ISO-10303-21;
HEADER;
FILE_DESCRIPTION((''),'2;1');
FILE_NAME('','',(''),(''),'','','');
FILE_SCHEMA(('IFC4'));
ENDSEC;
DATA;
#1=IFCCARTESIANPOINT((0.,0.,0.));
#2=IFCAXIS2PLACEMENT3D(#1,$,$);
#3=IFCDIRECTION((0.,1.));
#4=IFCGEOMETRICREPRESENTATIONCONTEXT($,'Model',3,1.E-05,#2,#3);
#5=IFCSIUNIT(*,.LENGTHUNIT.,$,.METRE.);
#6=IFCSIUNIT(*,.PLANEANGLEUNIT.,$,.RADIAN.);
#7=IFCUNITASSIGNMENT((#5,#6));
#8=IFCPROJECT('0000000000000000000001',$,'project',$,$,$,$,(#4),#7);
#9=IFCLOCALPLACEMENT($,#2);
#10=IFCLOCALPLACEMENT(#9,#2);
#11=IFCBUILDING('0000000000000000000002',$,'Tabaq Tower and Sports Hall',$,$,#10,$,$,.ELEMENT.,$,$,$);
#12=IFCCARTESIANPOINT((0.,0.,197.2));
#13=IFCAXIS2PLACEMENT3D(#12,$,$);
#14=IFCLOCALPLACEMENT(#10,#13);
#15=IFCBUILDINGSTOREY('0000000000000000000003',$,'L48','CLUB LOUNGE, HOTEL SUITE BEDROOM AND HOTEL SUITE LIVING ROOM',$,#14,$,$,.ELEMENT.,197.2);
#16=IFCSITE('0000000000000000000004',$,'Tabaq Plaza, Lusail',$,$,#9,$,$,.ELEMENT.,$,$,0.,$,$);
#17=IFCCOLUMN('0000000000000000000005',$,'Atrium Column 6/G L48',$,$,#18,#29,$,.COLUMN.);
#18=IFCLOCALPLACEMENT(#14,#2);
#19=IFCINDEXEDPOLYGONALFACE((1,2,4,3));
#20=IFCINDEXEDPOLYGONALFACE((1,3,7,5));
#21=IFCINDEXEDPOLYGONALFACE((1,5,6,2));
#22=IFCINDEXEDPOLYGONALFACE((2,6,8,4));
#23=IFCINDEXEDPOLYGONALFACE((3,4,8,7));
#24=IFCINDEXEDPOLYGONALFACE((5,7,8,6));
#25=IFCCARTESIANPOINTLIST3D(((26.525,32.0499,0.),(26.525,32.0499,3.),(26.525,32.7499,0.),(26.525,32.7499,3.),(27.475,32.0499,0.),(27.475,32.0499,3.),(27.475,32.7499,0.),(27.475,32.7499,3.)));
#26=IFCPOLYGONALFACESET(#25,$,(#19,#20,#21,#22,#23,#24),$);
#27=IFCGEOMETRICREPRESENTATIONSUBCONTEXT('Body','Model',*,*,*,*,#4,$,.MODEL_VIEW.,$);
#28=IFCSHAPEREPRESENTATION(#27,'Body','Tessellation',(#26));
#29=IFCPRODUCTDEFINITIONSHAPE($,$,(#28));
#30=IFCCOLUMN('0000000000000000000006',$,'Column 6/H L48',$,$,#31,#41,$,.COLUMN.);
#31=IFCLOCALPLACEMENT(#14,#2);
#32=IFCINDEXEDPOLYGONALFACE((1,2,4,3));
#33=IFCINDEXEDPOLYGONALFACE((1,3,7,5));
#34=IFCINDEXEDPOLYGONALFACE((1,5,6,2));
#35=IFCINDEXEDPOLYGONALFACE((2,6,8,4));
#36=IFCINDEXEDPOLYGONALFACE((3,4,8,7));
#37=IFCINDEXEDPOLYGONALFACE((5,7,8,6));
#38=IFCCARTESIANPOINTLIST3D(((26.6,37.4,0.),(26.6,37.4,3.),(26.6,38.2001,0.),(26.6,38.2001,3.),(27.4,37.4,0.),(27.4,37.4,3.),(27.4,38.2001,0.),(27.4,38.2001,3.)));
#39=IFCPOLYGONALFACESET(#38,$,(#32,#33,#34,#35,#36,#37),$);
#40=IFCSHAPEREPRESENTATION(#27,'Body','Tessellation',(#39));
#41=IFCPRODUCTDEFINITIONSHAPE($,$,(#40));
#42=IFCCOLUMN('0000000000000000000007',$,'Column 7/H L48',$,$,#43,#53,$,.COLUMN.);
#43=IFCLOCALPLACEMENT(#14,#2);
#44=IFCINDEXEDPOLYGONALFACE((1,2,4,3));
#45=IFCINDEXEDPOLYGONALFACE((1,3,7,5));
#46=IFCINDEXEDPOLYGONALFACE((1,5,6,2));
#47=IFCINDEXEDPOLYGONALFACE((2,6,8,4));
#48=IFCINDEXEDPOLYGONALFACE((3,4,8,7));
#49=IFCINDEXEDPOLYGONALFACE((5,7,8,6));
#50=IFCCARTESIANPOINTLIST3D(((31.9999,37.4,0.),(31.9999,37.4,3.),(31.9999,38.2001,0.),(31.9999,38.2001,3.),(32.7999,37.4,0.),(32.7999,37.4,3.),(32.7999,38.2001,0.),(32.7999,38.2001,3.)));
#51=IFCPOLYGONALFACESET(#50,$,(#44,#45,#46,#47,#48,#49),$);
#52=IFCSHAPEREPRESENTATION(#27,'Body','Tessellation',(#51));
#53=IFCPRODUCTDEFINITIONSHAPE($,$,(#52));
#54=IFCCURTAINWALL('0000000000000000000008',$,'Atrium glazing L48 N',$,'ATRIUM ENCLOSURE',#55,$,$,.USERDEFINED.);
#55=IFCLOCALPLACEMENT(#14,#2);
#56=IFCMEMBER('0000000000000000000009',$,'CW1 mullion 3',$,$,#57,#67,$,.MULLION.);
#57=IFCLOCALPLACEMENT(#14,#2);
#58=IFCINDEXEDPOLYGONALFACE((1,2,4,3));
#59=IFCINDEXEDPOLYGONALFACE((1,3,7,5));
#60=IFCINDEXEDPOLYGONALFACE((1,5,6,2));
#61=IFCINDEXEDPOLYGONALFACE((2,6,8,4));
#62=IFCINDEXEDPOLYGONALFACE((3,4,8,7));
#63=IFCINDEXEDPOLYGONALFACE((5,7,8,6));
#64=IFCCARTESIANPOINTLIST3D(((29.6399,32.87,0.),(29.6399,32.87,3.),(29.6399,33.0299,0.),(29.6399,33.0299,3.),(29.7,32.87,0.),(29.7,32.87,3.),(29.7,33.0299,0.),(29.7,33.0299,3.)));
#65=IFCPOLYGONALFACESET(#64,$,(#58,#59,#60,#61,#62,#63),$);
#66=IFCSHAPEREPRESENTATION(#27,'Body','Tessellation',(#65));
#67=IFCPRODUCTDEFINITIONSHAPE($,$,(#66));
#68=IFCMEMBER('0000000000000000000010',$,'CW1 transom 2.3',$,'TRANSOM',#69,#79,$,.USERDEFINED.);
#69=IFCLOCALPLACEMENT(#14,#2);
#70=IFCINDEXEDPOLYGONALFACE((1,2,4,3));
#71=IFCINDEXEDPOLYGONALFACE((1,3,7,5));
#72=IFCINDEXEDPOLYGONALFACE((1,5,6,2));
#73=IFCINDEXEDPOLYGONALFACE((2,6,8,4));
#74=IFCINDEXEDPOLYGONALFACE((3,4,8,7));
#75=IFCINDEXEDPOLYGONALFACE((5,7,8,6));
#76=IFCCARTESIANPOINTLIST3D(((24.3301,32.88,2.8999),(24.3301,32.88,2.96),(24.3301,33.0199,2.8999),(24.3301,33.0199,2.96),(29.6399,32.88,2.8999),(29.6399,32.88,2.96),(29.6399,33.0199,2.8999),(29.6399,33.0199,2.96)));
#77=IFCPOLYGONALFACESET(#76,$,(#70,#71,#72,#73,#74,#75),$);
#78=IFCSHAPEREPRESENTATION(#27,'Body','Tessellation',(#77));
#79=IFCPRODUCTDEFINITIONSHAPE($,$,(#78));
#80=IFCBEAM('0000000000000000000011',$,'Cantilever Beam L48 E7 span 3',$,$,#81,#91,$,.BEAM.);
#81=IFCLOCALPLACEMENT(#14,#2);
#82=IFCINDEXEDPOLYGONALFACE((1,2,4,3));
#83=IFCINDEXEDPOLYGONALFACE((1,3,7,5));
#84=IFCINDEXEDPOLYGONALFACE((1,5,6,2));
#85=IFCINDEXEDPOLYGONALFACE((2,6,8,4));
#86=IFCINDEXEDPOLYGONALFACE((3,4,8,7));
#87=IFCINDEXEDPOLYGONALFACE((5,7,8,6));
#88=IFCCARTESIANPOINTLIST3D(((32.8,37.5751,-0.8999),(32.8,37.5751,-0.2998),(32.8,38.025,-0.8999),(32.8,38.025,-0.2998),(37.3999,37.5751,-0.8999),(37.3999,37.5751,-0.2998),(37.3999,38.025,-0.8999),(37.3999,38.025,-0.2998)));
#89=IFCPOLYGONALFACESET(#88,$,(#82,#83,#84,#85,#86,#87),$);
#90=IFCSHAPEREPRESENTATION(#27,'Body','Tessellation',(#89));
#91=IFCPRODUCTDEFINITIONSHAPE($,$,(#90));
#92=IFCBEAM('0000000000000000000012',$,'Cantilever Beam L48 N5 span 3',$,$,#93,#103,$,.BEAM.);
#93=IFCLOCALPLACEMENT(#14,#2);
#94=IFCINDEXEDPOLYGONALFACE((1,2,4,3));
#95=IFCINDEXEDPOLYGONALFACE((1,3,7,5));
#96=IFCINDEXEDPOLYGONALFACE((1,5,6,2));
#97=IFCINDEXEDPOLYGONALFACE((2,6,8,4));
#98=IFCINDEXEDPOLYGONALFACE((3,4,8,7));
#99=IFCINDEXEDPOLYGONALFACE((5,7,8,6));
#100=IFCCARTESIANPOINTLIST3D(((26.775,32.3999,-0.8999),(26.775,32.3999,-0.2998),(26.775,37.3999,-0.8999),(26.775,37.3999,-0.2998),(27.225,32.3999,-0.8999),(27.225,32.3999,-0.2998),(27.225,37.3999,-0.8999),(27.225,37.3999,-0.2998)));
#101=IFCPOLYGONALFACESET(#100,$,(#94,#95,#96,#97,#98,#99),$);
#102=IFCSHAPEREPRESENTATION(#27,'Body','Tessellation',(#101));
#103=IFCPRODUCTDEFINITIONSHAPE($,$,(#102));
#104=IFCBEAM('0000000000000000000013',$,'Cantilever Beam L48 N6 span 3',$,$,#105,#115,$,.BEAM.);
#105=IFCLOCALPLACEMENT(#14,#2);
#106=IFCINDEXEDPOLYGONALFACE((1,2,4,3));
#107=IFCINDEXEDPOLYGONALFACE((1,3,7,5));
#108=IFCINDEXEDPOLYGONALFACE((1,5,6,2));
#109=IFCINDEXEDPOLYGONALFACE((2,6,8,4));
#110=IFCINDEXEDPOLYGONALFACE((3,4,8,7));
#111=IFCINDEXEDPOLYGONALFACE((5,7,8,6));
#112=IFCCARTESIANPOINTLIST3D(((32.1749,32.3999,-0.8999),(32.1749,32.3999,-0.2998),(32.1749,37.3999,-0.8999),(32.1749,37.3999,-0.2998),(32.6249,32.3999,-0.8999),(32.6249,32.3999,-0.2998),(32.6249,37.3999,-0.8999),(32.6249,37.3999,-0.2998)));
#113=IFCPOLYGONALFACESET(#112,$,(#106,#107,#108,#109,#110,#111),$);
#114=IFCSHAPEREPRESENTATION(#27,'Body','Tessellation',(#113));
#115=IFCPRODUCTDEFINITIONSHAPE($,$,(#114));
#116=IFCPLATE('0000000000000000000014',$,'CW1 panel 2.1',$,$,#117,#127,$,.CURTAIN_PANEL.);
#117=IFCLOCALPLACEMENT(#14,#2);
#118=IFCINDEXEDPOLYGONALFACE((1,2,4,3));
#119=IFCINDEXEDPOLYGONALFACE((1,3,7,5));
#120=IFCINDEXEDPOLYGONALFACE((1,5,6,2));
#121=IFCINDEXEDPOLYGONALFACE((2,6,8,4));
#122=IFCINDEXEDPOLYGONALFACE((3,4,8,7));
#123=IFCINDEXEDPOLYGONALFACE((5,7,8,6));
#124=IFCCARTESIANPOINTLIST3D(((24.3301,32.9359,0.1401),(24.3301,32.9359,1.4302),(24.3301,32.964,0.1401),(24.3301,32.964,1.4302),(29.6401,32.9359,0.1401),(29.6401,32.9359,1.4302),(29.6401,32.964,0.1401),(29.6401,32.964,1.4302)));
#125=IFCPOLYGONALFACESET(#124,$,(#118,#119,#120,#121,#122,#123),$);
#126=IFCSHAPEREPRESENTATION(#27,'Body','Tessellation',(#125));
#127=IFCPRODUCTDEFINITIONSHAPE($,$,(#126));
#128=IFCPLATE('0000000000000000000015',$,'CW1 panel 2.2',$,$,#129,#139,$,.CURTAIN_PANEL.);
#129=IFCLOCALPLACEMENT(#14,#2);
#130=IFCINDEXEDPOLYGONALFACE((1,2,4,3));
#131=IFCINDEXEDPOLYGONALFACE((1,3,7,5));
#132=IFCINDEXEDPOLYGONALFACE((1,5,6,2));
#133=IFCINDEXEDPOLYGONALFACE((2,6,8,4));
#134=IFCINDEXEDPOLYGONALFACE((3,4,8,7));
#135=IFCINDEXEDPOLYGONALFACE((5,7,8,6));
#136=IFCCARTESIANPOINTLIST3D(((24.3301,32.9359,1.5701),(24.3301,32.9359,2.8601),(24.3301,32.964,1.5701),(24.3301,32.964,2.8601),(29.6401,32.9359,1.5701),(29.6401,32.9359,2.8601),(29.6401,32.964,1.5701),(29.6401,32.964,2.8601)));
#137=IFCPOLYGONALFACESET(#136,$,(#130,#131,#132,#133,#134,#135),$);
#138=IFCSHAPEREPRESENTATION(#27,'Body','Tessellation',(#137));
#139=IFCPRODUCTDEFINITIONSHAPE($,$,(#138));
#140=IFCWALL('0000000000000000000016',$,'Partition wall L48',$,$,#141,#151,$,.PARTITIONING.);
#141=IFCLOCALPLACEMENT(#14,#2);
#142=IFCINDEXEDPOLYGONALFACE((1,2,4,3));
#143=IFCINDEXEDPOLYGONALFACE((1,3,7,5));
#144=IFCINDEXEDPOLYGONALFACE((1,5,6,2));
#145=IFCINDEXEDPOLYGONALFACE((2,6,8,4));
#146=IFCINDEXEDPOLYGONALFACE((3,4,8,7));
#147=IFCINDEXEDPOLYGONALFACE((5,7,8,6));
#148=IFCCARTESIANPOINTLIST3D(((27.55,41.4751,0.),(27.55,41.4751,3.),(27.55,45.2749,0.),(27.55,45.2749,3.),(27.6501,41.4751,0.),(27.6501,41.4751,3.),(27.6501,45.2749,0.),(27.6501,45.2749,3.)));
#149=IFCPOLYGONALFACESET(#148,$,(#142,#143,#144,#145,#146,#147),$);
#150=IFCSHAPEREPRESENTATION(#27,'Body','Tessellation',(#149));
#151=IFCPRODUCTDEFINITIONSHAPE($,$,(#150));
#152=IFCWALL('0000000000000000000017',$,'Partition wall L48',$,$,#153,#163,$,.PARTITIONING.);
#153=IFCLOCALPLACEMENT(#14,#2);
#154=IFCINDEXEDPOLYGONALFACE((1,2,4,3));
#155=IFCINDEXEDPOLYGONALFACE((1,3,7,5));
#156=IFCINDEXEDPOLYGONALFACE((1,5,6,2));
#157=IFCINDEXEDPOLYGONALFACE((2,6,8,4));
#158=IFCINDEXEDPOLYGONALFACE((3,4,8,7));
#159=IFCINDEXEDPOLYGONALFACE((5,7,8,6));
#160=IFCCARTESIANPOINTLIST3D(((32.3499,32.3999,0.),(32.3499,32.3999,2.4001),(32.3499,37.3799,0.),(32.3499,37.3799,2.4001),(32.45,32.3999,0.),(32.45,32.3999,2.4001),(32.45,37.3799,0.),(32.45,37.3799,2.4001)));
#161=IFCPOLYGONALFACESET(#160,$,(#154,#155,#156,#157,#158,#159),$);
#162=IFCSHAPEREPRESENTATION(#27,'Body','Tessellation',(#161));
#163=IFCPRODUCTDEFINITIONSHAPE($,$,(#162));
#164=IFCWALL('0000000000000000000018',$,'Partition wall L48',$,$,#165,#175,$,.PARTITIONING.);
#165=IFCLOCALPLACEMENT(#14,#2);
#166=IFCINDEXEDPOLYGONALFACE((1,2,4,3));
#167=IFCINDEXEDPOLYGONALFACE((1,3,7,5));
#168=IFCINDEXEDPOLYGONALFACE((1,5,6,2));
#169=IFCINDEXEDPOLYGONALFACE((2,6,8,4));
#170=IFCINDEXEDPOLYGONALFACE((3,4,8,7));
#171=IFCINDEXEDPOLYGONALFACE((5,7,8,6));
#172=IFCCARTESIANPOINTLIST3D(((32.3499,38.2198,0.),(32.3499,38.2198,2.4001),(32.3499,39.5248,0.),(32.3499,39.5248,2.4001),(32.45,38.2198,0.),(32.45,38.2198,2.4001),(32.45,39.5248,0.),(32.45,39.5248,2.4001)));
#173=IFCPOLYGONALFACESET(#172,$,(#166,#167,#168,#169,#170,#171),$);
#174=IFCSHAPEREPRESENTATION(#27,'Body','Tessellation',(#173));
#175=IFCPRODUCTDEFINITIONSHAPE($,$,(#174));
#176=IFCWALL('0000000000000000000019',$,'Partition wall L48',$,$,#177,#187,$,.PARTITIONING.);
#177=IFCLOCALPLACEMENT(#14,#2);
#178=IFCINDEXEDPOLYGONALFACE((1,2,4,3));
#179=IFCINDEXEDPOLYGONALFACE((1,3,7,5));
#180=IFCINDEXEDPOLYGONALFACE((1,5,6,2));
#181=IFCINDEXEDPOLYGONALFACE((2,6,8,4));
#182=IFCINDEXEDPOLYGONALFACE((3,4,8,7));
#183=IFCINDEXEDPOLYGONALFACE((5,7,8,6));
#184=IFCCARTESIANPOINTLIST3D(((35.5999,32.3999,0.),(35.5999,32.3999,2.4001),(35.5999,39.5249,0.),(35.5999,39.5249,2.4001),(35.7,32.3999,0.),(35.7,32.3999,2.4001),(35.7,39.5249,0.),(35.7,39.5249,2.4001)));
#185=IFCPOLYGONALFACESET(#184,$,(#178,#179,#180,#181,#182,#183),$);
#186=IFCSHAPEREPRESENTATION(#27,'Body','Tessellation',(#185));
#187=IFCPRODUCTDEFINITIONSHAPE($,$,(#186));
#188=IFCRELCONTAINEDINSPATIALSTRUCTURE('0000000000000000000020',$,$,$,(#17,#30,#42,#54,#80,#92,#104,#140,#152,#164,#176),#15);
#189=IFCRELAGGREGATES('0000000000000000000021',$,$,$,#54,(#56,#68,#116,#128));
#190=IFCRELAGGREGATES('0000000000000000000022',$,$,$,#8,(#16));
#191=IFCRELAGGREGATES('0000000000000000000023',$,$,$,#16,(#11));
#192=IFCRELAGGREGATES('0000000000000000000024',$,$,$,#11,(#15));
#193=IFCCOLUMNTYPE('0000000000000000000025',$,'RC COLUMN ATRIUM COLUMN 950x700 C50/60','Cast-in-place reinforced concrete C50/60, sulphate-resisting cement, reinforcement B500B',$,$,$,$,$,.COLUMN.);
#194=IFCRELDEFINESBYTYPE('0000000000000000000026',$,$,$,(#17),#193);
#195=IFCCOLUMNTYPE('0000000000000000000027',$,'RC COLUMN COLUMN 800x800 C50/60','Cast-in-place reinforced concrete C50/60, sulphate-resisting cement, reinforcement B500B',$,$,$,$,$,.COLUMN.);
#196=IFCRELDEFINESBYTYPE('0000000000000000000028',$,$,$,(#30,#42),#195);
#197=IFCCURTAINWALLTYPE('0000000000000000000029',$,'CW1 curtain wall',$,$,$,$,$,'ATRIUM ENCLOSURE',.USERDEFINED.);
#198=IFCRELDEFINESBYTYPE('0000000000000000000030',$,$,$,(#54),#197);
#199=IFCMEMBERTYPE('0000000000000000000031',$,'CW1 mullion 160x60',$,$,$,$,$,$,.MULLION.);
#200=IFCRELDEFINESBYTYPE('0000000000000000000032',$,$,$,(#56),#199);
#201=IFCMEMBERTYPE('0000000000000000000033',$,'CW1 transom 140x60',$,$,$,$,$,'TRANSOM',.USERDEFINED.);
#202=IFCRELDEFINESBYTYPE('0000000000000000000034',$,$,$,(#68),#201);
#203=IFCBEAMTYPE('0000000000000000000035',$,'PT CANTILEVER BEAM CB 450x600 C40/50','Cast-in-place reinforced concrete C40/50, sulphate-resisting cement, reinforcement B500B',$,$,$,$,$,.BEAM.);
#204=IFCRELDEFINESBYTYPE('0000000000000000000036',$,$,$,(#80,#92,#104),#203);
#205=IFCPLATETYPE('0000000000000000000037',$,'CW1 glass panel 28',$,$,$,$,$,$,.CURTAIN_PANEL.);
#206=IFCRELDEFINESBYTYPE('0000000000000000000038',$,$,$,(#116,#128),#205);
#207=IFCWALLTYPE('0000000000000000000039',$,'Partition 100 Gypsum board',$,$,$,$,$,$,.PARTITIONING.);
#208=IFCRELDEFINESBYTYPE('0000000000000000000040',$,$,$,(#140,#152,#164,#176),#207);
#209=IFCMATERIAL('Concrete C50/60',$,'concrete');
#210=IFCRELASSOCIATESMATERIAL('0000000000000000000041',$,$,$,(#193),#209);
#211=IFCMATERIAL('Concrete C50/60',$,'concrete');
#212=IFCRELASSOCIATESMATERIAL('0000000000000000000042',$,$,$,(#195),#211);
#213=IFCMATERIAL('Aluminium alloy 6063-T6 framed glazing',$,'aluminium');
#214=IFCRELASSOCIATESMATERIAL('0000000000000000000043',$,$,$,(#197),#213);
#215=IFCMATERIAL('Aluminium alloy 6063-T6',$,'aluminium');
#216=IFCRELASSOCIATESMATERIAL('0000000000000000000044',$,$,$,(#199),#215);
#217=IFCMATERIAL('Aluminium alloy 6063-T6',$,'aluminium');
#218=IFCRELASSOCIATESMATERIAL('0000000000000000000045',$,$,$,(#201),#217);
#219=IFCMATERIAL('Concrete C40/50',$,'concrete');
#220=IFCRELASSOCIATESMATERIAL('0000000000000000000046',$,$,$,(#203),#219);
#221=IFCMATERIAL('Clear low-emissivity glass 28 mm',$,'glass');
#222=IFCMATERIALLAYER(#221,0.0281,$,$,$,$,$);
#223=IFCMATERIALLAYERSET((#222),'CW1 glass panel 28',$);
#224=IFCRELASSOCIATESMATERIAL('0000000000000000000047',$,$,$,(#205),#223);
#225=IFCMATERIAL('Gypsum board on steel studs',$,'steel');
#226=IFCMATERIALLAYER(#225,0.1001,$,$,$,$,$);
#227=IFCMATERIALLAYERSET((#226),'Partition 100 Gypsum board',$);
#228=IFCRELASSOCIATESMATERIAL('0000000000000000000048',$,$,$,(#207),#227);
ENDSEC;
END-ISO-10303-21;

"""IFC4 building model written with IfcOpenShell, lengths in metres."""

from ifc_helpers import new_model, si_unit, direction, frame, frame_2d, origin, origin_2d, place, context, subcontext, project, spatial, rectangle, extrude, material, layer, layer_set, material_profile, profile_set, type_object, element, aggregate, save


model = new_model("IFC4")

# Units and contexts
model_context = context("Model", 3, precision=1e-05, world=origin(), true_north=direction((0.0, 1.0)))
body_context = subcontext(model_context, "Body", "Model", "MODEL_VIEW")
ifc_project = project(units=[si_unit("LENGTHUNIT", "METRE"), si_unit("PLANEANGLEUNIT", "RADIAN")], contexts=[model_context])

# Site, building, storey
site_placement = place(None, origin())
site = spatial("IfcSite", under=ifc_project, at=site_placement, Name="Tabaq Plaza, Lusail", CompositionType="ELEMENT", RefElevation=0.0)
building_placement = place(site_placement, origin())
building = spatial("IfcBuilding", under=site, at=building_placement, Name="Tabaq Tower and Sports Hall", CompositionType="ELEMENT")
storey_placement = place(building_placement, frame((0.0, 0.0, 197.2)))
storey = spatial("IfcBuildingStorey", under=building, at=storey_placement, Name="L48", Description="CLUB LOUNGE, HOTEL SUITE BEDROOM AND HOTEL SUITE LIVING ROOM", CompositionType="ELEMENT", Elevation=197.2)

# Columns
ifc_material_1 = material(Name="Concrete C50/60", Category="concrete")
ifc_material_profile_1 = material_profile(ifc_material_1, rectangle(XDim=0.95, YDim=0.7, at=origin_2d()), Name="ATRIUM COLUMN 950x700")
ifc_profile_set_1 = profile_set([ifc_material_profile_1], Name="Concrete C50/60")
column_type_1 = type_object("IfcColumnType", Name="RC COLUMN ATRIUM COLUMN 950x700 C50/60", Description="Cast-in-place reinforced concrete C50/60, sulphate-resisting cement, reinforcement B500B", PredefinedType="COLUMN", material=ifc_profile_set_1)
column_placement = place(storey_placement, frame((27.0, 32.3999, 0.0), z_axis=(0.0, 0.0, 1.0), x_axis=(1.0, 0.0, 0.0)))
element("IfcColumn", 1, at=column_placement, inside=storey, type_object=column_type_1, Name="Atrium Column 6/G L48", PredefinedType="COLUMN", context=body_context, shape_type="SweptSolid", body=[
    extrude(rectangle(XDim=0.95, YDim=0.7, at=origin_2d()), origin(), (0.0, 0.0, 1.0), 3.0),
])
ifc_material_2 = material(Name="Concrete C50/60", Category="concrete")
ifc_material_profile_2 = material_profile(ifc_material_2, rectangle(XDim=0.8, YDim=0.8, at=origin_2d()), Name="COLUMN 800x800")
ifc_profile_set_2 = profile_set([ifc_material_profile_2], Name="Concrete C50/60")
column_type_2 = type_object("IfcColumnType", Name="RC COLUMN COLUMN 800x800 C50/60", Description="Cast-in-place reinforced concrete C50/60, sulphate-resisting cement, reinforcement B500B", PredefinedType="COLUMN", material=ifc_profile_set_2)
for number, where, z_axis, x_axis, name in (
    (2, (27.0, 37.8, 0.0), (0.0, 0.0, 1.0), (1.0, 0.0, 0.0), "Column 6/H L48"),
    (3, (32.3999, 37.8, 0.0), (0.0, 0.0, 1.0), (1.0, 0.0, 0.0), "Column 7/H L48"),
):
    element("IfcColumn", number, at=place(storey_placement, frame(where, z_axis=z_axis, x_axis=x_axis)), inside=storey, type_object=column_type_2, Name=name, PredefinedType="COLUMN", context=body_context, shape_type="SweptSolid", body=[
        extrude(rectangle(XDim=0.8, YDim=0.8, at=origin_2d()), origin(), (0.0, 0.0, 1.0), 3.0),
    ])

# Curtain wall, members
ifc_material_3 = material(Name="Aluminium alloy 6063-T6 framed glazing", Category="aluminium")
curtain_wall_type = type_object("IfcCurtainWallType", Name="CW1 curtain wall", ElementType="ATRIUM ENCLOSURE", PredefinedType="USERDEFINED", material=ifc_material_3)
curtain_wall_placement = place(storey_placement, origin())
curtain_wall = element("IfcCurtainWall", 4, at=curtain_wall_placement, inside=storey, type_object=curtain_wall_type, Name="Atrium glazing L48 N", ObjectType="ATRIUM ENCLOSURE", PredefinedType="USERDEFINED")
ifc_material_4 = material(Name="Aluminium alloy 6063-T6", Category="aluminium")
ifc_material_profile_3 = material_profile(ifc_material_4, rectangle(XDim=0.1599, YDim=0.0601, at=origin_2d()), Name="MULLION 160x60")
ifc_profile_set_3 = profile_set([ifc_material_profile_3], Name="Aluminium alloy 6063-T6")
member_type_1 = type_object("IfcMemberType", Name="CW1 mullion 160x60", PredefinedType="MULLION", material=ifc_profile_set_3)
member_1_placement = place(storey_placement, frame((29.6699, 32.95, 0.0), z_axis=(0.0, 0.0, 1.0), x_axis=(0.0, 1.0, 0.0)))
member_1 = element("IfcMember", 5, at=member_1_placement, type_object=member_type_1, Name="CW1 mullion 3", PredefinedType="MULLION", context=body_context, shape_type="SweptSolid", body=[
    extrude(rectangle(XDim=0.1599, YDim=0.0601, at=origin_2d()), origin(), (0.0, 0.0, 1.0), 3.0),
])
ifc_material_5 = material(Name="Aluminium alloy 6063-T6", Category="aluminium")
ifc_material_profile_4 = material_profile(ifc_material_5, rectangle(XDim=0.1399, YDim=0.0601, at=origin_2d()), Name="TRANSOM 140x60")
ifc_profile_set_4 = profile_set([ifc_material_profile_4], Name="Aluminium alloy 6063-T6")
member_type_2 = type_object("IfcMemberType", Name="CW1 transom 140x60", ElementType="TRANSOM", PredefinedType="USERDEFINED", material=ifc_profile_set_4)
member_2_placement = place(storey_placement, frame((24.3301, 32.95, 2.9299), z_axis=(1.0, 0.0, 0.0), x_axis=(0.0, 1.0, 0.0)))
member_2 = element("IfcMember", 6, at=member_2_placement, type_object=member_type_2, Name="CW1 transom 2.3", ObjectType="TRANSOM", PredefinedType="USERDEFINED", context=body_context, shape_type="SweptSolid", body=[
    extrude(rectangle(XDim=0.1399, YDim=0.0601, at=origin_2d()), origin(), (0.0, 0.0, 1.0), 5.3098),
])

# Beams
ifc_material_6 = material(Name="Concrete C40/50", Category="concrete")
ifc_material_profile_5 = material_profile(ifc_material_6, rectangle(XDim=0.45, YDim=0.6001, at=origin_2d()), Name="CB 450x600")
ifc_profile_set_5 = profile_set([ifc_material_profile_5], Name="Concrete C40/50")
beam_type = type_object("IfcBeamType", Name="PT CANTILEVER BEAM CB 450x600 C40/50", Description="Cast-in-place reinforced concrete C40/50, sulphate-resisting cement, reinforcement B500B", PredefinedType="BEAM", material=ifc_profile_set_5)
beam_placement = place(storey_placement, frame((37.3999, 37.8, -0.5999), z_axis=(-1.0, 0.0, 0.0), x_axis=(0.0, -1.0, 0.0)))
element("IfcBeam", 7, at=beam_placement, inside=storey, type_object=beam_type, Name="Cantilever Beam L48 E7 span 3", PredefinedType="BEAM", context=body_context, shape_type="SweptSolid", body=[
    extrude(rectangle(XDim=0.45, YDim=0.6001, at=origin_2d()), origin(), (0.0, 0.0, 1.0), 4.5999),
])
for number, where, z_axis, x_axis, name in (
    (8, (27.0, 37.3999, -0.5999), (0.0, -1.0, 0.0), (1.0, 0.0, 0.0), "Cantilever Beam L48 N5 span 3"),
    (9, (32.3999, 37.3999, -0.5999), (0.0, -1.0, 0.0), (1.0, 0.0, 0.0), "Cantilever Beam L48 N6 span 3"),
):
    element("IfcBeam", number, at=place(storey_placement, frame(where, z_axis=z_axis, x_axis=x_axis)), inside=storey, type_object=beam_type, Name=name, PredefinedType="BEAM", context=body_context, shape_type="SweptSolid", body=[
        extrude(rectangle(XDim=0.45, YDim=0.6001, at=origin_2d()), origin(), (0.0, 0.0, 1.0), 5.0),
    ])

# Plates
ifc_material_7 = material(Name="Clear low-emissivity glass 28 mm", Category="glass")
ifc_layer_1 = layer(ifc_material_7, 0.0281)
ifc_layer_set_1 = layer_set([ifc_layer_1], Name="CW1 glass panel 28")
plate_type = type_object("IfcPlateType", Name="CW1 glass panel 28", PredefinedType="CURTAIN_PANEL", material=ifc_layer_set_1)
plate_1_placement = place(storey_placement, frame((26.9851, 32.95, 0.1401), z_axis=(0.0, 0.0, 1.0), x_axis=(1.0, 0.0, 0.0)))
plate_1 = element("IfcPlate", 10, at=plate_1_placement, type_object=plate_type, Name="CW1 panel 2.1", PredefinedType="CURTAIN_PANEL", context=body_context, shape_type="SweptSolid", body=[
    extrude(rectangle(XDim=5.3101, YDim=0.0281, at=origin_2d()), origin(), (0.0, 0.0, 1.0), 1.29),
])
plate_2_placement = place(storey_placement, frame((26.9851, 32.95, 1.5701), z_axis=(0.0, 0.0, 1.0), x_axis=(1.0, 0.0, 0.0)))
plate_2 = element("IfcPlate", 11, at=plate_2_placement, type_object=plate_type, Name="CW1 panel 2.2", PredefinedType="CURTAIN_PANEL", context=body_context, shape_type="SweptSolid", body=[
    extrude(rectangle(XDim=5.3101, YDim=0.0281, at=origin_2d()), origin(), (0.0, 0.0, 1.0), 1.29),
])
aggregate(curtain_wall, [member_1, member_2, plate_1, plate_2])

# Walls
ifc_material_8 = material(Name="Gypsum board on steel studs", Category="steel")
ifc_layer_2 = layer(ifc_material_8, 0.1001)
ifc_layer_set_2 = layer_set([ifc_layer_2], Name="Partition 100 Gypsum board")
wall_type_1 = type_object("IfcWallType", Name="Partition 100 Gypsum board", PredefinedType="PARTITIONING", material=ifc_layer_set_2)
wall_1_placement = place(storey_placement, frame((27.6001, 41.4751, 0.0), z_axis=(0.0, 0.0, 1.0), x_axis=(0.0, 1.0, 0.0)))
element("IfcWall", 12, at=wall_1_placement, inside=storey, type_object=wall_type_1, Name="Partition wall L48", PredefinedType="PARTITIONING", context=body_context, shape_type="SweptSolid", body=[
    extrude(rectangle(XDim=3.7998, YDim=0.1001, at=frame_2d((1.8999, 0.0))), origin(), (0.0, 0.0, 1.0), 3.0),
])
wall_2_placement = place(storey_placement, frame((32.3999, 32.3999, 0.0), z_axis=(0.0, 0.0, 1.0), x_axis=(0.0, 1.0, 0.0)))
element("IfcWall", 13, at=wall_2_placement, inside=storey, type_object=wall_type_1, Name="Partition wall L48", PredefinedType="PARTITIONING", context=body_context, shape_type="SweptSolid", body=[
    extrude(rectangle(XDim=4.98, YDim=0.1001, at=frame_2d((2.49, 0.0))), origin(), (0.0, 0.0, 1.0), 2.4001),
])
wall_3_placement = place(storey_placement, frame((32.3999, 38.22, 0.0), z_axis=(0.0, 0.0, 1.0), x_axis=(0.0, 1.0, 0.0)))
element("IfcWall", 14, at=wall_3_placement, inside=storey, type_object=wall_type_1, Name="Partition wall L48", PredefinedType="PARTITIONING", context=body_context, shape_type="SweptSolid", body=[
    extrude(rectangle(XDim=1.3049, YDim=0.1001, at=frame_2d((0.6523, 0.0))), origin(), (0.0, 0.0, 1.0), 2.4001),
])
wall_4_placement = place(storey_placement, frame((35.6499, 39.5249, 0.0), z_axis=(0.0, 0.0, 1.0), x_axis=(0.0, -1.0, 0.0)))
element("IfcWall", 15, at=wall_4_placement, inside=storey, type_object=wall_type_1, Name="Partition wall L48", PredefinedType="PARTITIONING", context=body_context, shape_type="SweptSolid", body=[
    extrude(rectangle(XDim=7.125, YDim=0.1001, at=frame_2d((3.5625, 0.0))), origin(), (0.0, 0.0, 1.0), 2.4001),
])

save(model, "model.ifc")
